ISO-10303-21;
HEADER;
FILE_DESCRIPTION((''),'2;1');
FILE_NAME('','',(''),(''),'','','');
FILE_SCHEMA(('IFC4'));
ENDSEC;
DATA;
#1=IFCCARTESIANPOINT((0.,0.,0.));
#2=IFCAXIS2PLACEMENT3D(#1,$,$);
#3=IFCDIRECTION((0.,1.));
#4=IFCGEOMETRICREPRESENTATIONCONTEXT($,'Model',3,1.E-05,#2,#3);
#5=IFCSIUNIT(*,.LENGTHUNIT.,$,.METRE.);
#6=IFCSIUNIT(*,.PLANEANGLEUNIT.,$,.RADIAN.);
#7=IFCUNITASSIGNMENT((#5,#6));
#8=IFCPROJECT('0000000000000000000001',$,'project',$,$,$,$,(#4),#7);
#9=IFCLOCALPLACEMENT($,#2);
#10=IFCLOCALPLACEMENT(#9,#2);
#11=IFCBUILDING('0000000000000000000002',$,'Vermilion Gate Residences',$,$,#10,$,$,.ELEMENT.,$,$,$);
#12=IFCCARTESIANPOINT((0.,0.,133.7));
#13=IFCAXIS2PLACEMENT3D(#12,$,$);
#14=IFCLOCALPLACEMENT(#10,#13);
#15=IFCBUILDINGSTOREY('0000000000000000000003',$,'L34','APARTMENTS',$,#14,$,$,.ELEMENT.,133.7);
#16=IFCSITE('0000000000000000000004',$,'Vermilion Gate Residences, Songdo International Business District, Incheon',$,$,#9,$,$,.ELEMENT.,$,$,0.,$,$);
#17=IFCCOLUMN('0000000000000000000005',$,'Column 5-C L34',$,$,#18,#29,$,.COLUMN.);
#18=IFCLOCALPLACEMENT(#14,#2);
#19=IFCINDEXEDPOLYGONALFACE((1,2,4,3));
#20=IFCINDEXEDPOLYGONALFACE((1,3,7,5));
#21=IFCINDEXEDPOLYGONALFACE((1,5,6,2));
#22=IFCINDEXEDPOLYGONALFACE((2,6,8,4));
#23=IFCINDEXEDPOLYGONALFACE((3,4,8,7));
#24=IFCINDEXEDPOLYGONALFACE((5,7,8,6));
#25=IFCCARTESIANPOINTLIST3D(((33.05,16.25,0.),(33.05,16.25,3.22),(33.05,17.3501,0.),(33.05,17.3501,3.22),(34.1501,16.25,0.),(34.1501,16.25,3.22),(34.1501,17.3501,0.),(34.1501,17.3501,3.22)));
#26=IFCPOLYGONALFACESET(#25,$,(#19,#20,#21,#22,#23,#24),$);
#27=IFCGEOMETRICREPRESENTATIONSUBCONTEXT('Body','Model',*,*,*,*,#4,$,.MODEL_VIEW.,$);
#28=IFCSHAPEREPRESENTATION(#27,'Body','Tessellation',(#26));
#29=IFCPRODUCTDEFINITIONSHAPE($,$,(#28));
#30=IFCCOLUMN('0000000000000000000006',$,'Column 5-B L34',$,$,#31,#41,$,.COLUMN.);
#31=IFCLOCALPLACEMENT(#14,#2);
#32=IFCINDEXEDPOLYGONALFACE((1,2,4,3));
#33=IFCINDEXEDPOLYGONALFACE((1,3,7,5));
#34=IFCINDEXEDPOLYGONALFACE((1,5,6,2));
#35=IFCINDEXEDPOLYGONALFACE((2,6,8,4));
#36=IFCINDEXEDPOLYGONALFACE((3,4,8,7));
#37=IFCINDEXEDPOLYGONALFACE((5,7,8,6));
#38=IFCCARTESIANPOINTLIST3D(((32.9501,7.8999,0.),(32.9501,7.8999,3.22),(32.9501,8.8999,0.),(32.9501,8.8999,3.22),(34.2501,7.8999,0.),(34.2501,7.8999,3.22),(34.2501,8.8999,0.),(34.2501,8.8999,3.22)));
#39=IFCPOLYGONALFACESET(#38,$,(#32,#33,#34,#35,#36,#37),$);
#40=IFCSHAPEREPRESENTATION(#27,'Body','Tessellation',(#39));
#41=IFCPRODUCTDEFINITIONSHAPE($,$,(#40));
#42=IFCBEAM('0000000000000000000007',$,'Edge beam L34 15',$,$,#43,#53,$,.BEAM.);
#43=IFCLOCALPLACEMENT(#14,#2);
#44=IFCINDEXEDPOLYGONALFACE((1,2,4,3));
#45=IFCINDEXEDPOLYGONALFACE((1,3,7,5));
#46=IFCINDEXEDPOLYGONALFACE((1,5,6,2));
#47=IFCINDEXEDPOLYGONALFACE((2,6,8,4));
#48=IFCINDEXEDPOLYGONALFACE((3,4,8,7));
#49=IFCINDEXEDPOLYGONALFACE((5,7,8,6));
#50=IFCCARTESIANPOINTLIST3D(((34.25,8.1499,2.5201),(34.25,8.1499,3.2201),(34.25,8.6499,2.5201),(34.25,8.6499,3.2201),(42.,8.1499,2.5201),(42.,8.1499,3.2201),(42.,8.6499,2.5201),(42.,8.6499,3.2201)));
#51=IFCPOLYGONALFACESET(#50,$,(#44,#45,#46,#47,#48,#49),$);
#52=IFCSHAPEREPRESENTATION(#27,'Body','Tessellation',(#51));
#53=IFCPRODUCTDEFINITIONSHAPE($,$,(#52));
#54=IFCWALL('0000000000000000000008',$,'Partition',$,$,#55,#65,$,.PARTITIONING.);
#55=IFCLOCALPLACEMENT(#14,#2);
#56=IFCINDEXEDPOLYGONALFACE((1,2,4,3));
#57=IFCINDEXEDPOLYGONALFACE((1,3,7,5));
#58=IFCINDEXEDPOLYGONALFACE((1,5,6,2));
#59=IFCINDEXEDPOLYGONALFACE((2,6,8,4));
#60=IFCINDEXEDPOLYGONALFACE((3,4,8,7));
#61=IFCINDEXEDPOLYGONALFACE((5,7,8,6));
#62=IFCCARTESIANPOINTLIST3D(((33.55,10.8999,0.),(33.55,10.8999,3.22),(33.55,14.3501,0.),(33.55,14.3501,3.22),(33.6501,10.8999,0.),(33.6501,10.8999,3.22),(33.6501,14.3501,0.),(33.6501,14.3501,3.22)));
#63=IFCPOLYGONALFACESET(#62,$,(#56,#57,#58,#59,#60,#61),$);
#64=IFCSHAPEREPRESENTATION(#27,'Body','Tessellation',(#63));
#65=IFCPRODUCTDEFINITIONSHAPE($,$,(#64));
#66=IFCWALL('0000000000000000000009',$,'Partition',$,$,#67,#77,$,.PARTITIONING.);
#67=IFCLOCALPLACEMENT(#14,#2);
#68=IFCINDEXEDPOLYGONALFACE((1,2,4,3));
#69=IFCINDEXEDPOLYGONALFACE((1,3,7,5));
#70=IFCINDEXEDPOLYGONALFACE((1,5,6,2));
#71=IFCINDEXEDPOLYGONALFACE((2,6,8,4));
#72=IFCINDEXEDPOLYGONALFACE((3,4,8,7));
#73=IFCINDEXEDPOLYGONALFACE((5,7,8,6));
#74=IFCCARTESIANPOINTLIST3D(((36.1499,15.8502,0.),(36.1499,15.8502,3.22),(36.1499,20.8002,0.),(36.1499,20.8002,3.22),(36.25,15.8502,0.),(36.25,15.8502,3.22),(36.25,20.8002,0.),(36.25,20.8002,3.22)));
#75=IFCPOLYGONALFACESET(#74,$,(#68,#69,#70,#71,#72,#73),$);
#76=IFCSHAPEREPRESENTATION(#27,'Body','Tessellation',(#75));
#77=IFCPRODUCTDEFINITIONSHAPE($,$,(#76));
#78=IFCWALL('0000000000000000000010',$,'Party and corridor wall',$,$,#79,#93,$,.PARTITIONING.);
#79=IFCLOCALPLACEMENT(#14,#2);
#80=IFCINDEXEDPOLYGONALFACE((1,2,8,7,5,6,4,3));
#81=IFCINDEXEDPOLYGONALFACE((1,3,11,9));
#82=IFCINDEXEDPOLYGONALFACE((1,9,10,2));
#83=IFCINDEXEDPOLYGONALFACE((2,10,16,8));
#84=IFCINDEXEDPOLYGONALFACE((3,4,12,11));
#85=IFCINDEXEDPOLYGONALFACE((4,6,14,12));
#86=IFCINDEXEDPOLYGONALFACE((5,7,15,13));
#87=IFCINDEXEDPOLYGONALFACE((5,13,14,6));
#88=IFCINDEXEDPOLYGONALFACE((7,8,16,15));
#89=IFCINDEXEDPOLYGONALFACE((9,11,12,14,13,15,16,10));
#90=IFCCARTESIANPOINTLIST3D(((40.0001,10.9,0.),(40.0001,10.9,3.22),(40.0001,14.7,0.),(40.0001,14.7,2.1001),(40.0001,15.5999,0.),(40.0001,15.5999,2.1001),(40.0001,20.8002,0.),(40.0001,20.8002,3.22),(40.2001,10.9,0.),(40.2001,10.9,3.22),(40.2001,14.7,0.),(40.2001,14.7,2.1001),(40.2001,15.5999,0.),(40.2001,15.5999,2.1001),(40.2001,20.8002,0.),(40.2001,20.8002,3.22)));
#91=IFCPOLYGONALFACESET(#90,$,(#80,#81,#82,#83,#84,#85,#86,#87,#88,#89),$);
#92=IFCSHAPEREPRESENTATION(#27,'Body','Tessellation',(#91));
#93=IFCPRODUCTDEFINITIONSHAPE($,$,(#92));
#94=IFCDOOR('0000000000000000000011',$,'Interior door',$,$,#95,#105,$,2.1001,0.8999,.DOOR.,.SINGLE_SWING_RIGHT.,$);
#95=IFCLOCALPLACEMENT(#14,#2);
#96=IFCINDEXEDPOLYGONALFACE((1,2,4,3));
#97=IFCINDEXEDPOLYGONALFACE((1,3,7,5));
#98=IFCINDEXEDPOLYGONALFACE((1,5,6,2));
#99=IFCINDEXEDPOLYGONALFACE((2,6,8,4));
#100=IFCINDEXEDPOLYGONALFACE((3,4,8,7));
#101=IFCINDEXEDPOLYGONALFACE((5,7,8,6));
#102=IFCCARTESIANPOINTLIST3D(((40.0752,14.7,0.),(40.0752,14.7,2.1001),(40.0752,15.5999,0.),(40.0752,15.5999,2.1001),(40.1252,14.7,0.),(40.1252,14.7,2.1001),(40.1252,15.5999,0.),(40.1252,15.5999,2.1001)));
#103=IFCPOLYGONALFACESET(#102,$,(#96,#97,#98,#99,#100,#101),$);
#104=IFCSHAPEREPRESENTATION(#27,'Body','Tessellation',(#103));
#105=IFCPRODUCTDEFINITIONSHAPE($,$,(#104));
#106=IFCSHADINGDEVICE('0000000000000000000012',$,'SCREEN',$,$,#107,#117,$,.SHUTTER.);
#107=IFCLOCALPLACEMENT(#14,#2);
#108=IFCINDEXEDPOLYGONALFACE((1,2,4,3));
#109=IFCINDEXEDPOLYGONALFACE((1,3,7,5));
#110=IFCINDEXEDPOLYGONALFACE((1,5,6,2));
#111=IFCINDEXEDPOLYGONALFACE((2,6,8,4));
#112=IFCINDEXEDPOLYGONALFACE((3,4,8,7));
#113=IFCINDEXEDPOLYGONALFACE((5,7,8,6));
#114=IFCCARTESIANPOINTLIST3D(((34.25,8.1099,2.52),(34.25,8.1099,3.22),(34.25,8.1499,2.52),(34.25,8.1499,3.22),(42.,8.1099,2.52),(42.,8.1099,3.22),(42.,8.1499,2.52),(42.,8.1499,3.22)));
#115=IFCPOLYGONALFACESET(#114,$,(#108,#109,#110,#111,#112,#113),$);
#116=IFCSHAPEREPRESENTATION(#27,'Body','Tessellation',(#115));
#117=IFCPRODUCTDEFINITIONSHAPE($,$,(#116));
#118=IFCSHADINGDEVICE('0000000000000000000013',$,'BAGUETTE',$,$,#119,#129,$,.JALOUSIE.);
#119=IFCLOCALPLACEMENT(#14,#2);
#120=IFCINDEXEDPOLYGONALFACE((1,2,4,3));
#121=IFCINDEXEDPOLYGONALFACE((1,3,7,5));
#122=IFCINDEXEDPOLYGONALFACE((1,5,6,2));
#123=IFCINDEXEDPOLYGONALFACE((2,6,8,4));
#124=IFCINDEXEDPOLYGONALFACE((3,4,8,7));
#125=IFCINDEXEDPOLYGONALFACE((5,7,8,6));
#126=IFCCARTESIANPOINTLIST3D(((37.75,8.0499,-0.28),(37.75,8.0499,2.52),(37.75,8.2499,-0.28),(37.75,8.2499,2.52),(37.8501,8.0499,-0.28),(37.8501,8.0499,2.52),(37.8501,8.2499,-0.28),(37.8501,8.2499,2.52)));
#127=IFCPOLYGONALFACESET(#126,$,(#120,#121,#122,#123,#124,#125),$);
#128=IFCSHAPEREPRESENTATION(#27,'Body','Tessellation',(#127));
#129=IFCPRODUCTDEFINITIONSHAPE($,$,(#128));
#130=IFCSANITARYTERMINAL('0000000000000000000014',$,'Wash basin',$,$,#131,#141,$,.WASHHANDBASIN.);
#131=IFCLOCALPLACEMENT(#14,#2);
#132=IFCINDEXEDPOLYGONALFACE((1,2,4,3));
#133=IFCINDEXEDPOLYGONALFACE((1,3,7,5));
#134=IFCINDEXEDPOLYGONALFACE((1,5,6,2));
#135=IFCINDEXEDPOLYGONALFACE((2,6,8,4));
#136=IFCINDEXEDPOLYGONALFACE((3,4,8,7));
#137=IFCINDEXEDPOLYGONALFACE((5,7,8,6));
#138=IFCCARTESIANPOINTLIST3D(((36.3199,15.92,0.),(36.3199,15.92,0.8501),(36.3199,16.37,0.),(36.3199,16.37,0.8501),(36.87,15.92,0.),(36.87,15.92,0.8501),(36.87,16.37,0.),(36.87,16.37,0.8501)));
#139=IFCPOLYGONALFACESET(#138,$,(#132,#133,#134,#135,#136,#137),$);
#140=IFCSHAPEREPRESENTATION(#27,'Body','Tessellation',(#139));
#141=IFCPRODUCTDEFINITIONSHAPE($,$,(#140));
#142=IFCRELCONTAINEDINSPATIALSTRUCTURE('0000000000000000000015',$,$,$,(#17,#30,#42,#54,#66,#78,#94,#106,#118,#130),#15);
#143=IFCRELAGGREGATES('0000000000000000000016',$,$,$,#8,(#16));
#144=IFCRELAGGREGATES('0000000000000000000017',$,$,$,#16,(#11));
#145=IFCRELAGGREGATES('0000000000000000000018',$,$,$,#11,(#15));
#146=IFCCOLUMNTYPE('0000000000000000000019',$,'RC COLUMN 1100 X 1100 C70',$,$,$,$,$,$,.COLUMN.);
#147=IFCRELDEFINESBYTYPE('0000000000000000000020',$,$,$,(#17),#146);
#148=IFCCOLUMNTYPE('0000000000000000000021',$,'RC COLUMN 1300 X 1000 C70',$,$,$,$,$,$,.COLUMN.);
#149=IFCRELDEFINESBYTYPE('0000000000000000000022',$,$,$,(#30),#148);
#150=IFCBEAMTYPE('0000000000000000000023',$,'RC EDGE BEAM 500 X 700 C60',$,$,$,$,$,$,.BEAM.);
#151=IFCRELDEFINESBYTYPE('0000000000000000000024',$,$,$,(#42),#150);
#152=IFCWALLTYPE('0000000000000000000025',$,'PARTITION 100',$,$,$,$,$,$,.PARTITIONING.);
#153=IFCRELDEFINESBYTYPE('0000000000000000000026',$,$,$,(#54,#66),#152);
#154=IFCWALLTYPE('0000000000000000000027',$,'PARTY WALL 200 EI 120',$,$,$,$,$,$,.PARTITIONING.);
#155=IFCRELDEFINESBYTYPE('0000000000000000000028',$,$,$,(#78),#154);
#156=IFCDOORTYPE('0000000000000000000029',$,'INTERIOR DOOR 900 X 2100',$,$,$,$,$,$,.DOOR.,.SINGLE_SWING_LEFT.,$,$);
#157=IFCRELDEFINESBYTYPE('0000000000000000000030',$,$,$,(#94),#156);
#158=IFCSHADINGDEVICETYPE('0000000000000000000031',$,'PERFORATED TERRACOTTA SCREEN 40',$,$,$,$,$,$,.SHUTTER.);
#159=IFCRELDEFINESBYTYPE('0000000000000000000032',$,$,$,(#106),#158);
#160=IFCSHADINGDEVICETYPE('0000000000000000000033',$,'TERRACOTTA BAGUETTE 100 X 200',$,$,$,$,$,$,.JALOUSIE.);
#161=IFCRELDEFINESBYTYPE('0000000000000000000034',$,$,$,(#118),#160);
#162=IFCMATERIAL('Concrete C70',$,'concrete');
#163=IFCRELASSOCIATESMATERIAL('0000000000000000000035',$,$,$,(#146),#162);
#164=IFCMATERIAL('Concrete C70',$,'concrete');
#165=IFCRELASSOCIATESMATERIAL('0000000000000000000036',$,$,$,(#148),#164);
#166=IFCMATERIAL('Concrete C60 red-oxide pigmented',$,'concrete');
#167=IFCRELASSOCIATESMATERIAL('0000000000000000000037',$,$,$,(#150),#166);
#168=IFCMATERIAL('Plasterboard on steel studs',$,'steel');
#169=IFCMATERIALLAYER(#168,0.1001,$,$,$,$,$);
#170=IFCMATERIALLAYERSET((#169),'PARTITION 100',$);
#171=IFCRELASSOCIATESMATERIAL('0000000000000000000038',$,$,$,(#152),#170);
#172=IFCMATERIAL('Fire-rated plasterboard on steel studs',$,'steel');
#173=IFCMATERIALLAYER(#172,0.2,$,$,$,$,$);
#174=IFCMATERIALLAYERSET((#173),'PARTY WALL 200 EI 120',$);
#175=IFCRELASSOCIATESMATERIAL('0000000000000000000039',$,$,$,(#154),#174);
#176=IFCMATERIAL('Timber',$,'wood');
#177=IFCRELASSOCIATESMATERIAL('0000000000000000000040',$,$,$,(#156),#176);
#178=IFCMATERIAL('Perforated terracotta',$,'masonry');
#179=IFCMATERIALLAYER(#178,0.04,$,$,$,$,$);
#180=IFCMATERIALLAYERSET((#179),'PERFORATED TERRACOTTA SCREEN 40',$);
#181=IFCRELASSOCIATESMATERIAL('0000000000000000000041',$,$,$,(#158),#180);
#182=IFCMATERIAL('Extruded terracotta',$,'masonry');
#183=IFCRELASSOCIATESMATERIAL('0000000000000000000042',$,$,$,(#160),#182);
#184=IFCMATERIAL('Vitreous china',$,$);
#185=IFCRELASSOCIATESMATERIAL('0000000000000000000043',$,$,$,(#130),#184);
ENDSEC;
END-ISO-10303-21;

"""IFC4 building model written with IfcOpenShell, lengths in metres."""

from ifc_helpers import new_model, si_unit, direction, frame, frame_2d, origin, origin_2d, place, context, subcontext, project, spatial, rectangle, extrude, material, layer, layer_set, material_profile, profile_set, type_object, element, fill, save


model = new_model("IFC4")

# Units and contexts
model_context = context("Model", 3, precision=1e-05, world=origin(), true_north=direction((0.0, 1.0)))
body_context = subcontext(model_context, "Body", "Model", "MODEL_VIEW")
ifc_project = project(units=[si_unit("LENGTHUNIT", "METRE"), si_unit("PLANEANGLEUNIT", "RADIAN")], contexts=[model_context])

# Site, building, storey
site_placement = place(None, origin())
site = spatial("IfcSite", under=ifc_project, at=site_placement, Name="Vermilion Gate Residences, Songdo International Business District, Incheon", CompositionType="ELEMENT", RefElevation=0.0)
building_placement = place(site_placement, origin())
building = spatial("IfcBuilding", under=site, at=building_placement, Name="Vermilion Gate Residences", CompositionType="ELEMENT")
storey_placement = place(building_placement, frame((0.0, 0.0, 133.7)))
storey = spatial("IfcBuildingStorey", under=building, at=storey_placement, Name="L34", Description="APARTMENTS", CompositionType="ELEMENT", Elevation=133.7)

# Columns
ifc_material_1 = material(Name="Concrete C70", Category="concrete")
ifc_material_profile_1 = material_profile(ifc_material_1, rectangle(XDim=1.1001, YDim=1.1001, at=origin_2d()), Name="RC-1100x1100")
ifc_profile_set_1 = profile_set([ifc_material_profile_1], Name="Concrete C70")
column_type_1 = type_object("IfcColumnType", Name="RC COLUMN 1100 X 1100 C70", PredefinedType="COLUMN", material=ifc_profile_set_1)
column_1_placement = place(storey_placement, frame((33.6001, 16.8, 0.0), z_axis=(0.0, 0.0, 1.0), x_axis=(1.0, 0.0, 0.0)))
element("IfcColumn", 1, at=column_1_placement, inside=storey, type_object=column_type_1, Name="Column 5-C L34", PredefinedType="COLUMN", context=body_context, shape_type="SweptSolid", body=[
    extrude(rectangle(XDim=1.1001, YDim=1.1001, at=origin_2d()), origin(), (0.0, 0.0, 1.0), 3.22),
])
ifc_material_2 = material(Name="Concrete C70", Category="concrete")
ifc_material_profile_2 = material_profile(ifc_material_2, rectangle(XDim=1.3, YDim=1.0, at=origin_2d()), Name="RC-1300x1000")
ifc_profile_set_2 = profile_set([ifc_material_profile_2], Name="Concrete C70")
column_type_2 = type_object("IfcColumnType", Name="RC COLUMN 1300 X 1000 C70", PredefinedType="COLUMN", material=ifc_profile_set_2)
column_2_placement = place(storey_placement, frame((33.6001, 8.3999, 0.0), z_axis=(0.0, 0.0, 1.0), x_axis=(1.0, 0.0, 0.0)))
element("IfcColumn", 2, at=column_2_placement, inside=storey, type_object=column_type_2, Name="Column 5-B L34", PredefinedType="COLUMN", context=body_context, shape_type="SweptSolid", body=[
    extrude(rectangle(XDim=1.3, YDim=1.0, at=origin_2d()), origin(), (0.0, 0.0, 1.0), 3.22),
])

# Beam
ifc_material_3 = material(Name="Concrete C60 red-oxide pigmented", Category="concrete")
ifc_material_profile_3 = material_profile(ifc_material_3, rectangle(XDim=0.5, YDim=0.7, at=origin_2d()), Name="RC-500x700")
ifc_profile_set_3 = profile_set([ifc_material_profile_3], Name="Concrete C60 red-oxide pigmented")
beam_type = type_object("IfcBeamType", Name="RC EDGE BEAM 500 X 700 C60", PredefinedType="BEAM", material=ifc_profile_set_3)
beam_placement = place(storey_placement, frame((34.25, 8.3999, 2.8701), z_axis=(1.0, 0.0, 0.0), x_axis=(0.0, 1.0, 0.0)))
element("IfcBeam", 3, at=beam_placement, inside=storey, type_object=beam_type, Name="Edge beam L34 15", PredefinedType="BEAM", context=body_context, shape_type="SweptSolid", body=[
    extrude(rectangle(XDim=0.5, YDim=0.7, at=origin_2d()), origin(), (0.0, 0.0, 1.0), 7.75),
])

# Walls
ifc_material_4 = material(Name="Plasterboard on steel studs", Category="steel")
ifc_layer_1 = layer(ifc_material_4, 0.1001)
ifc_layer_set_1 = layer_set([ifc_layer_1], Name="PARTITION 100")
wall_type_1 = type_object("IfcWallType", Name="PARTITION 100", PredefinedType="PARTITIONING", material=ifc_layer_set_1)
wall_1_placement = place(storey_placement, frame((33.6001, 10.8999, 0.0), z_axis=(0.0, 0.0, 1.0), x_axis=(0.0, 1.0, 0.0)))
element("IfcWall", 4, at=wall_1_placement, inside=storey, type_object=wall_type_1, Name="Partition", PredefinedType="PARTITIONING", context=body_context, shape_type="SweptSolid", body=[
    extrude(rectangle(XDim=3.4502, YDim=0.1001, at=frame_2d((1.7251, 0.0))), origin(), (0.0, 0.0, 1.0), 3.22),
])
wall_2_placement = place(storey_placement, frame((36.2, 15.8501, 0.0), z_axis=(0.0, 0.0, 1.0), x_axis=(0.0, 1.0, 0.0)))
element("IfcWall", 5, at=wall_2_placement, inside=storey, type_object=wall_type_1, Name="Partition", PredefinedType="PARTITIONING", context=body_context, shape_type="SweptSolid", body=[
    extrude(rectangle(XDim=4.95, YDim=0.1001, at=frame_2d((2.4751, 0.0))), origin(), (0.0, 0.0, 1.0), 3.22),
])

# Wall, opening, door
ifc_material_5 = material(Name="Fire-rated plasterboard on steel studs", Category="steel")
ifc_layer_2 = layer(ifc_material_5, 0.2)
ifc_layer_set_2 = layer_set([ifc_layer_2], Name="PARTY WALL 200 EI 120")
wall_type_2 = type_object("IfcWallType", Name="PARTY WALL 200 EI 120", PredefinedType="PARTITIONING", material=ifc_layer_set_2)
wall_3_placement = place(storey_placement, frame((40.1001, 10.8999, 0.0), z_axis=(0.0, 0.0, 1.0), x_axis=(0.0, 1.0, 0.0)))
wall_3 = element("IfcWall", 6, at=wall_3_placement, inside=storey, type_object=wall_type_2, Name="Party and corridor wall", PredefinedType="PARTITIONING", context=body_context, shape_type="SweptSolid", body=[
    extrude(rectangle(XDim=9.9001, YDim=0.2, at=frame_2d((4.9502, 0.0))), origin(), (0.0, 0.0, 1.0), 3.22),
])
opening_placement = place(wall_3_placement, frame((3.8, 0.0, 0.0)))
opening = element("IfcOpeningElement", 7, at=opening_placement, cuts=wall_3, PredefinedType="OPENING", context=body_context, shape_type="SweptSolid", body=[
    extrude(rectangle(XDim=0.8999, YDim=2.1001, at=frame_2d((0.45, 1.05))), frame((0.0, 0.1099, 0.0), z_axis=(0.0, -1.0, 0.0), x_axis=(1.0, 0.0, 0.0)), (0.0, 0.0, 1.0), 0.22),
])
ifc_material_6 = material(Name="Timber", Category="wood")
door_type = type_object("IfcDoorType", Name="INTERIOR DOOR 900 X 2100", OperationType="SINGLE_SWING_LEFT", PredefinedType="DOOR", material=ifc_material_6)
door_placement = place(opening_placement, origin())
door = element("IfcDoor", 8, at=door_placement, inside=storey, type_object=door_type, Name="Interior door", OperationType="SINGLE_SWING_RIGHT", OverallHeight=2.1001, OverallWidth=0.8999, PredefinedType="DOOR", context=body_context, shape_type="SweptSolid", body=[
    extrude(rectangle(XDim=0.8999, YDim=2.1001, at=frame_2d((0.45, 1.05))), frame((0.0, 0.0249, 0.0), z_axis=(0.0, -1.0, 0.0), x_axis=(1.0, 0.0, 0.0)), (0.0, 0.0, 1.0), 0.05),
])
fill(opening, door)

# Shading devices
ifc_material_7 = material(Name="Perforated terracotta", Category="masonry")
ifc_layer_3 = layer(ifc_material_7, 0.04)
ifc_layer_set_3 = layer_set([ifc_layer_3], Name="PERFORATED TERRACOTTA SCREEN 40")
shading_device_type_1 = type_object("IfcShadingDeviceType", Name="PERFORATED TERRACOTTA SCREEN 40", PredefinedType="SHUTTER", material=ifc_layer_set_3)
shading_device_1_placement = place(storey_placement, frame((38.125, 8.1299, 2.52), z_axis=(0.0, 0.0, 1.0), x_axis=(1.0, 0.0, 0.0)))
element("IfcShadingDevice", 9, at=shading_device_1_placement, inside=storey, type_object=shading_device_type_1, Name="SCREEN", PredefinedType="SHUTTER", context=body_context, shape_type="SweptSolid", body=[
    extrude(rectangle(XDim=7.75, YDim=0.04, at=origin_2d()), origin(), (0.0, 0.0, 1.0), 0.7),
])
ifc_material_8 = material(Name="Extruded terracotta", Category="masonry")
ifc_material_profile_4 = material_profile(ifc_material_8, rectangle(XDim=0.2, YDim=0.1001, at=origin_2d()), Name="BAGUETTE 100 X 200")
ifc_profile_set_4 = profile_set([ifc_material_profile_4], Name="Extruded terracotta")
shading_device_type_2 = type_object("IfcShadingDeviceType", Name="TERRACOTTA BAGUETTE 100 X 200", PredefinedType="JALOUSIE", material=ifc_profile_set_4)
shading_device_2_placement = place(storey_placement, frame((37.8, 8.1499, -0.28), z_axis=(0.0, 0.0, 1.0), x_axis=(0.0, 1.0, 0.0)))
element("IfcShadingDevice", 10, at=shading_device_2_placement, inside=storey, type_object=shading_device_type_2, Name="BAGUETTE", PredefinedType="JALOUSIE", context=body_context, shape_type="SweptSolid", body=[
    extrude(rectangle(XDim=0.2, YDim=0.1001, at=origin_2d()), origin(), (0.0, 0.0, 1.0), 2.8),
])

# Sanitary terminal
ifc_material_9 = material(Name="Vitreous china")
sanitary_terminal_placement = place(storey_placement, frame((36.595, 16.145, 0.0), z_axis=(0.0, 0.0, 1.0), x_axis=(1.0, 0.0, 0.0)))
element("IfcSanitaryTerminal", 11, at=sanitary_terminal_placement, inside=storey, material=ifc_material_9, Name="Wash basin", PredefinedType="WASHHANDBASIN", context=body_context, shape_type="SweptSolid", body=[
    extrude(rectangle(XDim=0.55, YDim=0.45, at=origin_2d()), origin(), (0.0, 0.0, 1.0), 0.8501),
])

save(model, "model.ifc")
